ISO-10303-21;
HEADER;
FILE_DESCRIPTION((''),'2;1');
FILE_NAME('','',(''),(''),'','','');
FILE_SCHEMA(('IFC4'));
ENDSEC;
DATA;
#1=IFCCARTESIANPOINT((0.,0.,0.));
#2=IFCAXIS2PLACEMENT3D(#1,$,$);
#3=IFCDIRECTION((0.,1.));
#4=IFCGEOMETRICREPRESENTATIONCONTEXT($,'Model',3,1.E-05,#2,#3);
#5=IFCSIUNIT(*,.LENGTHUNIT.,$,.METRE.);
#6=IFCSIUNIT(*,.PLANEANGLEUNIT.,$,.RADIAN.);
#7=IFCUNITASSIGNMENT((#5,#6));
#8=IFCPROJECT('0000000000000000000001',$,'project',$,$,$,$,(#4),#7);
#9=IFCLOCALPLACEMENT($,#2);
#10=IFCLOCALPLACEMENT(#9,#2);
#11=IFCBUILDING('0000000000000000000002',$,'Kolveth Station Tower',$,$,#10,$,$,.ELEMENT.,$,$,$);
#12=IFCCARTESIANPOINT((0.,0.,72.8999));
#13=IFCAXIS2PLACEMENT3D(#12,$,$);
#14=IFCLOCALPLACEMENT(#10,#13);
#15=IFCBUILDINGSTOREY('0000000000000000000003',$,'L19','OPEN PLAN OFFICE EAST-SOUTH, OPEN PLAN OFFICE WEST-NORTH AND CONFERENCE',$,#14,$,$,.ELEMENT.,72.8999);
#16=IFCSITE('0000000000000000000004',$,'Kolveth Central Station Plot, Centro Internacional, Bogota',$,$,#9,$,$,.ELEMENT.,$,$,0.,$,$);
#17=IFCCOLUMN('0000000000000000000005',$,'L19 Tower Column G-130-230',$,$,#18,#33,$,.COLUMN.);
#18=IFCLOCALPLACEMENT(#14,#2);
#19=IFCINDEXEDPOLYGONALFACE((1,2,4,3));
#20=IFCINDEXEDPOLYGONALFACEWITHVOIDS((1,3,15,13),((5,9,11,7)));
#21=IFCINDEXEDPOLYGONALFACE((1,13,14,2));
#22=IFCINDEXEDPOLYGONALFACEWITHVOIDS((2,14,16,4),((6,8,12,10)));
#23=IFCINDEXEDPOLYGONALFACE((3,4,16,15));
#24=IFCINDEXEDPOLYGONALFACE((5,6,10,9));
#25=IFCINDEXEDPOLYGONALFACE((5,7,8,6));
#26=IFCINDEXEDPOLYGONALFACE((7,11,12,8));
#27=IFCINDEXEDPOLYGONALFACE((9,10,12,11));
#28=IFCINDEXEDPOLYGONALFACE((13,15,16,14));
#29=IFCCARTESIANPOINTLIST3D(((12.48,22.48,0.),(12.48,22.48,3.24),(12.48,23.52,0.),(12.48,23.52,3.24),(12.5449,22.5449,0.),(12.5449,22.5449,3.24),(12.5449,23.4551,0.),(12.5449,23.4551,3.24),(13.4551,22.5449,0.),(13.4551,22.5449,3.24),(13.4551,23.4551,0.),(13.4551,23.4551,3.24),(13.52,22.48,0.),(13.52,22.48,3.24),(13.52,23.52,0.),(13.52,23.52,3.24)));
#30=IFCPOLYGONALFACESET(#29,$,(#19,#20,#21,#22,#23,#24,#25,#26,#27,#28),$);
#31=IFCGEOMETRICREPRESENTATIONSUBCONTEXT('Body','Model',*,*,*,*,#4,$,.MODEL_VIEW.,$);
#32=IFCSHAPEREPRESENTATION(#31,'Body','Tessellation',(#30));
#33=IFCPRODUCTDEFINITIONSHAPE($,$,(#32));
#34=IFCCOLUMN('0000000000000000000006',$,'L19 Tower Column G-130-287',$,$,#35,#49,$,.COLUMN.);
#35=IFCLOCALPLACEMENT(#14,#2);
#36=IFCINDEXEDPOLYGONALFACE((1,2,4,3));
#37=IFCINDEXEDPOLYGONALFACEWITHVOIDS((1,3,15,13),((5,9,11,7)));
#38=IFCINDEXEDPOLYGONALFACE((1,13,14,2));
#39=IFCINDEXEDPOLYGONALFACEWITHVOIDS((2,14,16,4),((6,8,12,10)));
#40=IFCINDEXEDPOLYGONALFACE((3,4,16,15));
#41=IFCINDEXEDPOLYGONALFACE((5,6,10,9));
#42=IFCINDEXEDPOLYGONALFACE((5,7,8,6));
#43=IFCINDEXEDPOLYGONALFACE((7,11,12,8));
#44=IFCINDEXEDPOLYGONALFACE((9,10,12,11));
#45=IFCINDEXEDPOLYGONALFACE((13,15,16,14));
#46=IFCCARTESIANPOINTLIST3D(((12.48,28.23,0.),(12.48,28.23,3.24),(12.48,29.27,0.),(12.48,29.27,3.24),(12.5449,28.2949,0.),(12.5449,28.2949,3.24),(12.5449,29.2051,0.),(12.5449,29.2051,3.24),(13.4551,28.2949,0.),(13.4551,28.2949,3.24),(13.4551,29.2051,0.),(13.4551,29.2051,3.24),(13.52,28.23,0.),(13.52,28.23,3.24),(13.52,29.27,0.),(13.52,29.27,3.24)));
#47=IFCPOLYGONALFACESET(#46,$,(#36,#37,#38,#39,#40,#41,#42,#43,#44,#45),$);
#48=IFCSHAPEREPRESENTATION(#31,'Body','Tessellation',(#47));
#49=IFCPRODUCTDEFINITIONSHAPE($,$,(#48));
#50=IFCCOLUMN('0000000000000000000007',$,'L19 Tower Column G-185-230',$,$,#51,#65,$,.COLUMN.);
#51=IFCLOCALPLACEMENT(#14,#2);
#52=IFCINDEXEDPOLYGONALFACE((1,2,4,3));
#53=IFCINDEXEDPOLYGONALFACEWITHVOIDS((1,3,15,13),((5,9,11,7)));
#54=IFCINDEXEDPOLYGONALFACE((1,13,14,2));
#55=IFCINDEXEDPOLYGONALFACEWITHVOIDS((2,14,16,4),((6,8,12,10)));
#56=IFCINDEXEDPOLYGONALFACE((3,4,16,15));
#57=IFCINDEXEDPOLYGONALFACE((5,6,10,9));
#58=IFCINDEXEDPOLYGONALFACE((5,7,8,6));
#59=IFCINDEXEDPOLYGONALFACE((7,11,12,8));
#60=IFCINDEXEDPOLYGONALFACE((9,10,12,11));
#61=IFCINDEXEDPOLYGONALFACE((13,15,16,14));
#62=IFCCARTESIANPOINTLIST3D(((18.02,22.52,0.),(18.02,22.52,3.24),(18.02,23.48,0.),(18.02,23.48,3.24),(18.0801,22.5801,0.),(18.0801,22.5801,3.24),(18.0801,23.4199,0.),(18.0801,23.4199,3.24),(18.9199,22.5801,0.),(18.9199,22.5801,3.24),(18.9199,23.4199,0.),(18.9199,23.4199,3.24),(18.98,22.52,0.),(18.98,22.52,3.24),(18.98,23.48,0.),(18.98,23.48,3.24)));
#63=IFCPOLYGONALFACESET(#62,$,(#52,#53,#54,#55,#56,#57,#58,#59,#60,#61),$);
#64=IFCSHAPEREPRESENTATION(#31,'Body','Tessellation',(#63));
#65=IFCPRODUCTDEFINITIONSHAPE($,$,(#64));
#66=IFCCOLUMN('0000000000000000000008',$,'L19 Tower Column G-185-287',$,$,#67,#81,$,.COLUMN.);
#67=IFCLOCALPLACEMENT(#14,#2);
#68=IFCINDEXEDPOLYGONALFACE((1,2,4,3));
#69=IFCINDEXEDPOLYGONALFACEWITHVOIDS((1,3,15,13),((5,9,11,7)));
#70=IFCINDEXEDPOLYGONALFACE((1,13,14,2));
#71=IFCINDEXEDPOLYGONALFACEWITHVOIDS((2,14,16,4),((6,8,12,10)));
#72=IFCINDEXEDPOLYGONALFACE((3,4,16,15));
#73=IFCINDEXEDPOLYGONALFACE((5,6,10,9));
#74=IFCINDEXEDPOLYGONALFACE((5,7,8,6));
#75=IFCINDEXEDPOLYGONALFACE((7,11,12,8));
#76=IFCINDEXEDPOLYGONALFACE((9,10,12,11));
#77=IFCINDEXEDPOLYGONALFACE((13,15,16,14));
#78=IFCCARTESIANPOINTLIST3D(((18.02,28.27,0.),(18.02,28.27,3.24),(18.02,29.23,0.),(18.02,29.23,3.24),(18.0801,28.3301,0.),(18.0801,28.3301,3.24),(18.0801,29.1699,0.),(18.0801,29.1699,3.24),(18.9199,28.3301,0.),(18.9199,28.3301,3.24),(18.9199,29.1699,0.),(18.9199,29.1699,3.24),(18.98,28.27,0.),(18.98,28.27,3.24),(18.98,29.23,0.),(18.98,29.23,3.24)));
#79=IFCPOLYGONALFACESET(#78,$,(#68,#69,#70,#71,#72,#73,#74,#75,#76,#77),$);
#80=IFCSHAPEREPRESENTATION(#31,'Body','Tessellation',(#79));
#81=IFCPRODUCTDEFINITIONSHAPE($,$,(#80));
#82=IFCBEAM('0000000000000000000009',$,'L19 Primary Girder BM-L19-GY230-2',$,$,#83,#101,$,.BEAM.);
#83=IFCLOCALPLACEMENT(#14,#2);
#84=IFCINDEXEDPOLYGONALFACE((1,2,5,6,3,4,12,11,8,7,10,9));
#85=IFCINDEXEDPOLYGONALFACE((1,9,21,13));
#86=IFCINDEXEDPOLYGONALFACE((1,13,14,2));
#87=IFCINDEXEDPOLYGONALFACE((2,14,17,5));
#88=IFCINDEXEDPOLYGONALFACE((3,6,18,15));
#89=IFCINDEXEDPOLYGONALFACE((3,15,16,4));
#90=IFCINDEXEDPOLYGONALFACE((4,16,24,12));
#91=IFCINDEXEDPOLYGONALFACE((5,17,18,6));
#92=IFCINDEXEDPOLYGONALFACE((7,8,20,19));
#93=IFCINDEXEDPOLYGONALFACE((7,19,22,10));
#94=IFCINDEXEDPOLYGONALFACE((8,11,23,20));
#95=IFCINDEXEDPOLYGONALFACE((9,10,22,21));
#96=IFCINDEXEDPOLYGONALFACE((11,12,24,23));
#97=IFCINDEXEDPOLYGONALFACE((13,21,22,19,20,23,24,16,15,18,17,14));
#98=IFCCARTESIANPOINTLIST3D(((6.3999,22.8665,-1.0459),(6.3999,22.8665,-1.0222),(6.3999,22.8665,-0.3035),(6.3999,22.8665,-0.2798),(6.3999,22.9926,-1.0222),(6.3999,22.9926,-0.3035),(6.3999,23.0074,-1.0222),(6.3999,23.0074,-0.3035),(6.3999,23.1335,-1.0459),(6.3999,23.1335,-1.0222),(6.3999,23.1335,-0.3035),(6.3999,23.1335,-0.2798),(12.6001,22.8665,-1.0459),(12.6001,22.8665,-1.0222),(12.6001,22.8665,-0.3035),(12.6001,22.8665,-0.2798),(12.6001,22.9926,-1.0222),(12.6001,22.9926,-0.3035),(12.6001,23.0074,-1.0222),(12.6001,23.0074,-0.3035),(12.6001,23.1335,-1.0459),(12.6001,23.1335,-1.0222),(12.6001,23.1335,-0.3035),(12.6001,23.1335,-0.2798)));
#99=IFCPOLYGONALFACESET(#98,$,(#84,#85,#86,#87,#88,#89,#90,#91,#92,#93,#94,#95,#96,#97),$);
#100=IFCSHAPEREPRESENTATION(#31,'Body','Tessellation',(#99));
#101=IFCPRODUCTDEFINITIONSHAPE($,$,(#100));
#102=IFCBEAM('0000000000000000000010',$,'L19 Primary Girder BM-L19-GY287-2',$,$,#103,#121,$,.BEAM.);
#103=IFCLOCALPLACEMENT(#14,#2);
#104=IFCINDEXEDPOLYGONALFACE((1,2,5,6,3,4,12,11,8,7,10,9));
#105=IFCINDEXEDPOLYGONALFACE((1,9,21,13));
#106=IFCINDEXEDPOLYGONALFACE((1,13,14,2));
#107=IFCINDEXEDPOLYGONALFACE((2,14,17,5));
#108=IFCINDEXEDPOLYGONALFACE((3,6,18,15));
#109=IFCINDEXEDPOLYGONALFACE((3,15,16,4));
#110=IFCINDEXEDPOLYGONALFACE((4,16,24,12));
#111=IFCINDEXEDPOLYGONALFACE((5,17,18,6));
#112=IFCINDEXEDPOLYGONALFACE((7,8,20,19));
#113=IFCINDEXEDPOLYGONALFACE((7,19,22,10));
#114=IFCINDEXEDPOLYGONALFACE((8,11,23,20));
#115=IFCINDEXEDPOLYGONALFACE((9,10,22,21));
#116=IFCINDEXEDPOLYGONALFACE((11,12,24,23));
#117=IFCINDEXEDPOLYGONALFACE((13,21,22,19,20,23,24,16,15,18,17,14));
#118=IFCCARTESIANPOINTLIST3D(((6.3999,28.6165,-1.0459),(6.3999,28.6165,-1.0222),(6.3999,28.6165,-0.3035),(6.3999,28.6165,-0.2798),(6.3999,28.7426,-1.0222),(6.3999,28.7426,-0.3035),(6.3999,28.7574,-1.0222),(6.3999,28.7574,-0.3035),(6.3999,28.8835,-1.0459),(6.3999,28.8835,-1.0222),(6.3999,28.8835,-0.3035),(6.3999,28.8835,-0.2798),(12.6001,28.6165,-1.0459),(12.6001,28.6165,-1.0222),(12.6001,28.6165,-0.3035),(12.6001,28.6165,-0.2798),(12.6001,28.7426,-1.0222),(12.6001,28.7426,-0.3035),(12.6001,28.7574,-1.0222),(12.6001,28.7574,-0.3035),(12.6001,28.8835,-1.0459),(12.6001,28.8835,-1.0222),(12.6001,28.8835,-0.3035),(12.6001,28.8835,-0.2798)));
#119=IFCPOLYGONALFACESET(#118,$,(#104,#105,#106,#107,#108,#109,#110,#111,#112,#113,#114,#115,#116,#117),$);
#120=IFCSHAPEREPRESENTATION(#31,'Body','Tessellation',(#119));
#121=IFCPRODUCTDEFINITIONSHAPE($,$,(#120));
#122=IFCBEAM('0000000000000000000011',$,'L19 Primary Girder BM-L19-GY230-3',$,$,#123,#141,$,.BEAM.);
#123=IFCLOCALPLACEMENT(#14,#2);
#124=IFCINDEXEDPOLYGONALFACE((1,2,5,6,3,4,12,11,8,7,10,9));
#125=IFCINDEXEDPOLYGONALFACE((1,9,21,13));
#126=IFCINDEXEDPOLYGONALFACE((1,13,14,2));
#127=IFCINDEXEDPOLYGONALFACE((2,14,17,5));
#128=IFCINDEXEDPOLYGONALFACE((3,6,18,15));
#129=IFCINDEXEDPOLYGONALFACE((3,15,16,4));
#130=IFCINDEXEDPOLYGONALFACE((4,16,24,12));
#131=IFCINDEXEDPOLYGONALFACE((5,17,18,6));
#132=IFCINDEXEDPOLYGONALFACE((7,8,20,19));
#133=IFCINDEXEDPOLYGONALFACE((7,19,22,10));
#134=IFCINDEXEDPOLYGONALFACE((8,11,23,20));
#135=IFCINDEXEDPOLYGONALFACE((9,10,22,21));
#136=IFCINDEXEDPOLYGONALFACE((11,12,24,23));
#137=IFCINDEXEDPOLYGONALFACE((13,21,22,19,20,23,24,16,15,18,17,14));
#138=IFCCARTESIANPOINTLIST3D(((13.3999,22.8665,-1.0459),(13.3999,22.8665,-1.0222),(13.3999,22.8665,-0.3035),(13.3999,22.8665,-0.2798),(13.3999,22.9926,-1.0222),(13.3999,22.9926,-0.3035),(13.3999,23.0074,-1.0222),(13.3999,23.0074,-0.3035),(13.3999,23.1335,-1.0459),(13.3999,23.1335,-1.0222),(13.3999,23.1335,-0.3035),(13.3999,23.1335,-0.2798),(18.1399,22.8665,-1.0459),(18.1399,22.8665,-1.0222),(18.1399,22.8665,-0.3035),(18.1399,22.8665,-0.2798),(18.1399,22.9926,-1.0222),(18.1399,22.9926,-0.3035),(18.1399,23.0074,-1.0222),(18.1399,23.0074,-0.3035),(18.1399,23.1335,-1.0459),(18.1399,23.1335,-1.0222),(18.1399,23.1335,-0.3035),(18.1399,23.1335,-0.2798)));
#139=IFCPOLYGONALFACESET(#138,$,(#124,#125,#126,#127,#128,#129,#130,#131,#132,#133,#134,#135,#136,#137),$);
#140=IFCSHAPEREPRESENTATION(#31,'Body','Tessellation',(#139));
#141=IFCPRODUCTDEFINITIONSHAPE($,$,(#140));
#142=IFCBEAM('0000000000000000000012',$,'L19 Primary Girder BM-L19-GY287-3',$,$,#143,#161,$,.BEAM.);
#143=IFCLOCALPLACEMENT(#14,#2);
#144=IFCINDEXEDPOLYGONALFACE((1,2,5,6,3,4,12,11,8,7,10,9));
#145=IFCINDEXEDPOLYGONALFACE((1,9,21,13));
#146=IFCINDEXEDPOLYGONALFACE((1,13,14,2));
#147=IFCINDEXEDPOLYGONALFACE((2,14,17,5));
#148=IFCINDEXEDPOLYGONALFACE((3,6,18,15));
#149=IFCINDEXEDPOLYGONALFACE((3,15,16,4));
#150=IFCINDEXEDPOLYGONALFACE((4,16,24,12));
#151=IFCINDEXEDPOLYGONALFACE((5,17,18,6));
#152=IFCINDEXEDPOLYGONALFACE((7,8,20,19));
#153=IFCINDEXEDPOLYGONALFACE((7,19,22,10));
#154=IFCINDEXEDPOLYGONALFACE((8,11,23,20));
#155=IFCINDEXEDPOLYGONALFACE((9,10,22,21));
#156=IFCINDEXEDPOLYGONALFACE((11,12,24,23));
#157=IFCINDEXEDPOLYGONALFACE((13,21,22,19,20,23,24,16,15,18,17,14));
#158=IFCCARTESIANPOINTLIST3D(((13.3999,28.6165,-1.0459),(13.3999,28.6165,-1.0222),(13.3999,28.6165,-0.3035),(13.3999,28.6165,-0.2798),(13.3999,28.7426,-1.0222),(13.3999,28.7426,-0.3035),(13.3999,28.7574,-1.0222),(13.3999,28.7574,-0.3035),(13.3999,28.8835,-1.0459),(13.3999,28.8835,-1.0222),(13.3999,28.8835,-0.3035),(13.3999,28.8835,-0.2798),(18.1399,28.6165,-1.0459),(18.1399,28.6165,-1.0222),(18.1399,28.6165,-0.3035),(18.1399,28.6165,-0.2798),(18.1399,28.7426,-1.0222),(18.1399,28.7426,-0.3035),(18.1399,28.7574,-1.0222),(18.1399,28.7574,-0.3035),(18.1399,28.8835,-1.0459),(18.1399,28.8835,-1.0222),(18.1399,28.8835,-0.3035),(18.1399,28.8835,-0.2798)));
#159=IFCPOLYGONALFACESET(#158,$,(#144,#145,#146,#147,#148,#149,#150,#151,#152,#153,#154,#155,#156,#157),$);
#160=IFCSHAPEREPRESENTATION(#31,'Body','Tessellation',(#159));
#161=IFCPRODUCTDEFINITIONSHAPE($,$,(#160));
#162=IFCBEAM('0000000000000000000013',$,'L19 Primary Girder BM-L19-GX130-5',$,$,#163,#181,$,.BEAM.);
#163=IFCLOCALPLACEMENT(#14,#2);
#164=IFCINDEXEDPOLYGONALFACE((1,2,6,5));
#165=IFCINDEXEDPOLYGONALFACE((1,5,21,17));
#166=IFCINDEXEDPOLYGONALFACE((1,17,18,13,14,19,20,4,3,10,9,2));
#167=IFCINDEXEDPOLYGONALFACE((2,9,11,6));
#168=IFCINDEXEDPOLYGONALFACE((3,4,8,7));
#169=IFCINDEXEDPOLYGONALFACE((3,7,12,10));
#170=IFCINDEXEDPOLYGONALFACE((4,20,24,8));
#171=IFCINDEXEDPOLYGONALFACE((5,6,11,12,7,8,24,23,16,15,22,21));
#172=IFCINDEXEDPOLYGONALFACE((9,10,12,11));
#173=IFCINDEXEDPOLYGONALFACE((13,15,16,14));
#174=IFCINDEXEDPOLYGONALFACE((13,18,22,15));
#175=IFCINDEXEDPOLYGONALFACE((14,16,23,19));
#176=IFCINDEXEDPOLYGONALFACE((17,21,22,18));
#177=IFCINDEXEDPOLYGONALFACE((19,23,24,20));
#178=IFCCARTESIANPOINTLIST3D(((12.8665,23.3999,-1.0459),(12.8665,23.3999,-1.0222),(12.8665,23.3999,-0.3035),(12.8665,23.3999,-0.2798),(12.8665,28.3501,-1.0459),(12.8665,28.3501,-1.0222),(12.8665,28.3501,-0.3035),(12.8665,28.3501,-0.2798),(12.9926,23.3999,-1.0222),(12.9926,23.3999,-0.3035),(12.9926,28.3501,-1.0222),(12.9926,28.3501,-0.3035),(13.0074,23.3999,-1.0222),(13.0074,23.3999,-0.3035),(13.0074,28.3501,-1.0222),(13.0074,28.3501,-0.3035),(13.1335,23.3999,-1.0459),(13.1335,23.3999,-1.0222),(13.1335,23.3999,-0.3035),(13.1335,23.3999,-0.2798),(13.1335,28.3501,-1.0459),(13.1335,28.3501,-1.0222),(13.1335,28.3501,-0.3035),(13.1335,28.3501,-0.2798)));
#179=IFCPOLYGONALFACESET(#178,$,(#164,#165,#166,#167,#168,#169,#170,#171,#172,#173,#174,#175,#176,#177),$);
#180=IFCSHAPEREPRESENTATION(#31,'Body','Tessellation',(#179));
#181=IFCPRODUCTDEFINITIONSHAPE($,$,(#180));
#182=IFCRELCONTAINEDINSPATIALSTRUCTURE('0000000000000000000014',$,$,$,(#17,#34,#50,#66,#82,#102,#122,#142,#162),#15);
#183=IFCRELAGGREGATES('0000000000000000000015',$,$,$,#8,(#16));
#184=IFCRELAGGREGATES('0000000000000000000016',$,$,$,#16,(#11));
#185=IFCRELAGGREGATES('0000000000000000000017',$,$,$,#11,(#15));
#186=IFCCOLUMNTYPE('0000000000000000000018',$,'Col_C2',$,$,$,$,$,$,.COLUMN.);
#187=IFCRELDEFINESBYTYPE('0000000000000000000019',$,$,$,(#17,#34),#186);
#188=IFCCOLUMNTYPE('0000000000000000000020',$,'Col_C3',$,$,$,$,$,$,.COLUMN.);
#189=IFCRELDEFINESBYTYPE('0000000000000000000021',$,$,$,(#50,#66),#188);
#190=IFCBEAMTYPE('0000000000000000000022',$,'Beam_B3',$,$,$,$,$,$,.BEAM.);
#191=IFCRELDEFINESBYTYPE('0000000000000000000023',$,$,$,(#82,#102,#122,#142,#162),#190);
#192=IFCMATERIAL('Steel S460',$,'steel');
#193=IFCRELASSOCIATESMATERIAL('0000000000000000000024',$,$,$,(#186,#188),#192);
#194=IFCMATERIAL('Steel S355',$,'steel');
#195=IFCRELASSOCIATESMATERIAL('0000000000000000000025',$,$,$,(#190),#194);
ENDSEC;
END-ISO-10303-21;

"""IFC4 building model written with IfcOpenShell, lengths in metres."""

from ifc_helpers import new_model, si_unit, direction, frame, origin, origin_2d, place, context, subcontext, project, spatial, hollow_rectangle, i_section, extrude, source, transform, mapped, material, material_profile, profile_set, type_object, element, save


model = new_model("IFC4")

# Units and contexts
model_context = context("Model", 3, precision=1e-05, world=origin(), true_north=direction((0.0, 1.0)))
body_context = subcontext(model_context, "Body", "Model", "MODEL_VIEW")
ifc_project = project(units=[si_unit("LENGTHUNIT", "METRE"), si_unit("PLANEANGLEUNIT", "RADIAN")], contexts=[model_context])

# Site, building, storey
site_placement = place(None, origin())
site = spatial("IfcSite", under=ifc_project, at=site_placement, Name="Kolveth Central Station Plot, Centro Internacional, Bogota", CompositionType="ELEMENT", RefElevation=0.0)
building_placement = place(site_placement, origin())
building = spatial("IfcBuilding", under=site, at=building_placement, Name="Kolveth Station Tower", CompositionType="ELEMENT")
storey_placement = place(building_placement, frame((0.0, 0.0, 72.8999)))
storey = spatial("IfcBuildingStorey", under=building, at=storey_placement, Name="L19", Description="OPEN PLAN OFFICE EAST-SOUTH, OPEN PLAN OFFICE WEST-NORTH AND CONFERENCE", CompositionType="ELEMENT", Elevation=72.8999)

# Columns
ifc_material_1 = material(Name="Steel S460", Category="steel")
ifc_material_profile_1 = material_profile(ifc_material_1, hollow_rectangle(XDim=1.04, YDim=1.04, WallThickness=0.0649, at=origin_2d()), Name="BOX1040x1040x65")
ifc_profile_set_1 = profile_set([ifc_material_profile_1], Name="Steel S460")
column_type_1 = type_object("IfcColumnType", Name="Col_C2", PredefinedType="COLUMN", material=ifc_profile_set_1)
shared_shape_1 = source(origin(), body_context, "Body", "SweptSolid", [
    extrude(hollow_rectangle(XDim=1.04, YDim=1.04, WallThickness=0.0649, at=origin_2d()), origin(), (0.0, 0.0, 1.0), 3.24),
])
for number, where, z_axis, x_axis, name in (
    (1, (13.0, 23.0, 0.0), (0.0, 0.0, 1.0), (1.0, 0.0, 0.0), "L19 Tower Column G-130-230"),
    (2, (13.0, 28.75, 0.0), (0.0, 0.0, 1.0), (1.0, 0.0, 0.0), "L19 Tower Column G-130-287"),
):
    element("IfcColumn", number, at=place(storey_placement, frame(where, z_axis=z_axis, x_axis=x_axis)), inside=storey, type_object=column_type_1, Name=name, PredefinedType="COLUMN", context=body_context, shape_type="MappedRepresentation", body=[
        mapped(shared_shape_1, transform((0.0, 0.0, 0.0), x_axis=(1.0, 0.0, 0.0), y_axis=(0.0, 1.0, 0.0), z_axis=(0.0, 0.0, 1.0), scale=1.0)),
    ])
ifc_material_profile_2 = material_profile(ifc_material_1, hollow_rectangle(XDim=0.96, YDim=0.96, WallThickness=0.0601, at=origin_2d()), Name="BOX960x960x60")
ifc_profile_set_2 = profile_set([ifc_material_profile_2], Name="Steel S460")
column_type_2 = type_object("IfcColumnType", Name="Col_C3", PredefinedType="COLUMN", material=ifc_profile_set_2)
shared_shape_2 = source(origin(), body_context, "Body", "SweptSolid", [
    extrude(hollow_rectangle(XDim=0.96, YDim=0.96, WallThickness=0.0601, at=origin_2d()), origin(), (0.0, 0.0, 1.0), 3.24),
])
for number, where, z_axis, x_axis, name in (
    (3, (18.5, 23.0, 0.0), (0.0, 0.0, 1.0), (1.0, 0.0, 0.0), "L19 Tower Column G-185-230"),
    (4, (18.5, 28.75, 0.0), (0.0, 0.0, 1.0), (1.0, 0.0, 0.0), "L19 Tower Column G-185-287"),
):
    element("IfcColumn", number, at=place(storey_placement, frame(where, z_axis=z_axis, x_axis=x_axis)), inside=storey, type_object=column_type_2, Name=name, PredefinedType="COLUMN", context=body_context, shape_type="MappedRepresentation", body=[
        mapped(shared_shape_2, transform((0.0, 0.0, 0.0), x_axis=(1.0, 0.0, 0.0), y_axis=(0.0, 1.0, 0.0), z_axis=(0.0, 0.0, 1.0), scale=1.0)),
    ])

# Beams
ifc_material_2 = material(Name="Steel S355", Category="steel")
ifc_material_profile_3 = material_profile(ifc_material_2, i_section(OverallWidth=0.2671, OverallDepth=0.7661, WebThickness=0.0149, FlangeThickness=0.0237, at=origin_2d()), Name="W760x185")
ifc_profile_set_3 = profile_set([ifc_material_profile_3], Name="Steel S355")
beam_type_1 = type_object("IfcBeamType", Name="Beam_B3", PredefinedType="BEAM", material=ifc_profile_set_3)
shared_shape_3 = source(origin(), body_context, "Body", "SweptSolid", [
    extrude(i_section(OverallWidth=0.2671, OverallDepth=0.7661, WebThickness=0.0149, FlangeThickness=0.0237, at=origin_2d()), origin(), (0.0, 0.0, 1.0), 6.2002),
])
for number, where, z_axis, x_axis, name in (
    (5, (6.3999, 23.0, -0.6628), (1.0, 0.0, 0.0), (0.0, 1.0, 0.0), "L19 Primary Girder BM-L19-GY230-2"),
    (6, (6.3999, 28.75, -0.6628), (1.0, 0.0, 0.0), (0.0, 1.0, 0.0), "L19 Primary Girder BM-L19-GY287-2"),
):
    element("IfcBeam", number, at=place(storey_placement, frame(where, z_axis=z_axis, x_axis=x_axis)), inside=storey, type_object=beam_type_1, Name=name, PredefinedType="BEAM", context=body_context, shape_type="MappedRepresentation", body=[
        mapped(shared_shape_3, transform((0.0, 0.0, 0.0), x_axis=(1.0, 0.0, 0.0), y_axis=(0.0, 1.0, 0.0), z_axis=(0.0, 0.0, 1.0), scale=1.0)),
    ])
shared_shape_4 = source(origin(), body_context, "Body", "SweptSolid", [
    extrude(i_section(OverallWidth=0.2671, OverallDepth=0.7661, WebThickness=0.0149, FlangeThickness=0.0237, at=origin_2d()), origin(), (0.0, 0.0, 1.0), 4.74),
])
for number, where, z_axis, x_axis, name in (
    (7, (13.3999, 23.0, -0.6628), (1.0, 0.0, 0.0), (0.0, 1.0, 0.0), "L19 Primary Girder BM-L19-GY230-3"),
    (8, (13.3999, 28.75, -0.6628), (1.0, 0.0, 0.0), (0.0, 1.0, 0.0), "L19 Primary Girder BM-L19-GY287-3"),
):
    element("IfcBeam", number, at=place(storey_placement, frame(where, z_axis=z_axis, x_axis=x_axis)), inside=storey, type_object=beam_type_1, Name=name, PredefinedType="BEAM", context=body_context, shape_type="MappedRepresentation", body=[
        mapped(shared_shape_4, transform((0.0, 0.0, 0.0), x_axis=(1.0, 0.0, 0.0), y_axis=(0.0, 1.0, 0.0), z_axis=(0.0, 0.0, 1.0), scale=1.0)),
    ])
shared_shape_5 = source(origin(), body_context, "Body", "SweptSolid", [
    extrude(i_section(OverallWidth=0.2671, OverallDepth=0.7661, WebThickness=0.0149, FlangeThickness=0.0237, at=origin_2d()), origin(), (0.0, 0.0, 1.0), 4.9502),
])
beam_placement = place(storey_placement, frame((13.0, 23.3999, -0.6628), z_axis=(0.0, 1.0, 0.0), x_axis=(-1.0, 0.0, 0.0)))
element("IfcBeam", 9, at=beam_placement, inside=storey, type_object=beam_type_1, Name="L19 Primary Girder BM-L19-GX130-5", PredefinedType="BEAM", context=body_context, shape_type="MappedRepresentation", body=[
    mapped(shared_shape_5, transform((0.0, 0.0, 0.0), x_axis=(1.0, 0.0, 0.0), y_axis=(0.0, 1.0, 0.0), z_axis=(0.0, 0.0, 1.0), scale=1.0)),
])

save(model, "model.ifc")
